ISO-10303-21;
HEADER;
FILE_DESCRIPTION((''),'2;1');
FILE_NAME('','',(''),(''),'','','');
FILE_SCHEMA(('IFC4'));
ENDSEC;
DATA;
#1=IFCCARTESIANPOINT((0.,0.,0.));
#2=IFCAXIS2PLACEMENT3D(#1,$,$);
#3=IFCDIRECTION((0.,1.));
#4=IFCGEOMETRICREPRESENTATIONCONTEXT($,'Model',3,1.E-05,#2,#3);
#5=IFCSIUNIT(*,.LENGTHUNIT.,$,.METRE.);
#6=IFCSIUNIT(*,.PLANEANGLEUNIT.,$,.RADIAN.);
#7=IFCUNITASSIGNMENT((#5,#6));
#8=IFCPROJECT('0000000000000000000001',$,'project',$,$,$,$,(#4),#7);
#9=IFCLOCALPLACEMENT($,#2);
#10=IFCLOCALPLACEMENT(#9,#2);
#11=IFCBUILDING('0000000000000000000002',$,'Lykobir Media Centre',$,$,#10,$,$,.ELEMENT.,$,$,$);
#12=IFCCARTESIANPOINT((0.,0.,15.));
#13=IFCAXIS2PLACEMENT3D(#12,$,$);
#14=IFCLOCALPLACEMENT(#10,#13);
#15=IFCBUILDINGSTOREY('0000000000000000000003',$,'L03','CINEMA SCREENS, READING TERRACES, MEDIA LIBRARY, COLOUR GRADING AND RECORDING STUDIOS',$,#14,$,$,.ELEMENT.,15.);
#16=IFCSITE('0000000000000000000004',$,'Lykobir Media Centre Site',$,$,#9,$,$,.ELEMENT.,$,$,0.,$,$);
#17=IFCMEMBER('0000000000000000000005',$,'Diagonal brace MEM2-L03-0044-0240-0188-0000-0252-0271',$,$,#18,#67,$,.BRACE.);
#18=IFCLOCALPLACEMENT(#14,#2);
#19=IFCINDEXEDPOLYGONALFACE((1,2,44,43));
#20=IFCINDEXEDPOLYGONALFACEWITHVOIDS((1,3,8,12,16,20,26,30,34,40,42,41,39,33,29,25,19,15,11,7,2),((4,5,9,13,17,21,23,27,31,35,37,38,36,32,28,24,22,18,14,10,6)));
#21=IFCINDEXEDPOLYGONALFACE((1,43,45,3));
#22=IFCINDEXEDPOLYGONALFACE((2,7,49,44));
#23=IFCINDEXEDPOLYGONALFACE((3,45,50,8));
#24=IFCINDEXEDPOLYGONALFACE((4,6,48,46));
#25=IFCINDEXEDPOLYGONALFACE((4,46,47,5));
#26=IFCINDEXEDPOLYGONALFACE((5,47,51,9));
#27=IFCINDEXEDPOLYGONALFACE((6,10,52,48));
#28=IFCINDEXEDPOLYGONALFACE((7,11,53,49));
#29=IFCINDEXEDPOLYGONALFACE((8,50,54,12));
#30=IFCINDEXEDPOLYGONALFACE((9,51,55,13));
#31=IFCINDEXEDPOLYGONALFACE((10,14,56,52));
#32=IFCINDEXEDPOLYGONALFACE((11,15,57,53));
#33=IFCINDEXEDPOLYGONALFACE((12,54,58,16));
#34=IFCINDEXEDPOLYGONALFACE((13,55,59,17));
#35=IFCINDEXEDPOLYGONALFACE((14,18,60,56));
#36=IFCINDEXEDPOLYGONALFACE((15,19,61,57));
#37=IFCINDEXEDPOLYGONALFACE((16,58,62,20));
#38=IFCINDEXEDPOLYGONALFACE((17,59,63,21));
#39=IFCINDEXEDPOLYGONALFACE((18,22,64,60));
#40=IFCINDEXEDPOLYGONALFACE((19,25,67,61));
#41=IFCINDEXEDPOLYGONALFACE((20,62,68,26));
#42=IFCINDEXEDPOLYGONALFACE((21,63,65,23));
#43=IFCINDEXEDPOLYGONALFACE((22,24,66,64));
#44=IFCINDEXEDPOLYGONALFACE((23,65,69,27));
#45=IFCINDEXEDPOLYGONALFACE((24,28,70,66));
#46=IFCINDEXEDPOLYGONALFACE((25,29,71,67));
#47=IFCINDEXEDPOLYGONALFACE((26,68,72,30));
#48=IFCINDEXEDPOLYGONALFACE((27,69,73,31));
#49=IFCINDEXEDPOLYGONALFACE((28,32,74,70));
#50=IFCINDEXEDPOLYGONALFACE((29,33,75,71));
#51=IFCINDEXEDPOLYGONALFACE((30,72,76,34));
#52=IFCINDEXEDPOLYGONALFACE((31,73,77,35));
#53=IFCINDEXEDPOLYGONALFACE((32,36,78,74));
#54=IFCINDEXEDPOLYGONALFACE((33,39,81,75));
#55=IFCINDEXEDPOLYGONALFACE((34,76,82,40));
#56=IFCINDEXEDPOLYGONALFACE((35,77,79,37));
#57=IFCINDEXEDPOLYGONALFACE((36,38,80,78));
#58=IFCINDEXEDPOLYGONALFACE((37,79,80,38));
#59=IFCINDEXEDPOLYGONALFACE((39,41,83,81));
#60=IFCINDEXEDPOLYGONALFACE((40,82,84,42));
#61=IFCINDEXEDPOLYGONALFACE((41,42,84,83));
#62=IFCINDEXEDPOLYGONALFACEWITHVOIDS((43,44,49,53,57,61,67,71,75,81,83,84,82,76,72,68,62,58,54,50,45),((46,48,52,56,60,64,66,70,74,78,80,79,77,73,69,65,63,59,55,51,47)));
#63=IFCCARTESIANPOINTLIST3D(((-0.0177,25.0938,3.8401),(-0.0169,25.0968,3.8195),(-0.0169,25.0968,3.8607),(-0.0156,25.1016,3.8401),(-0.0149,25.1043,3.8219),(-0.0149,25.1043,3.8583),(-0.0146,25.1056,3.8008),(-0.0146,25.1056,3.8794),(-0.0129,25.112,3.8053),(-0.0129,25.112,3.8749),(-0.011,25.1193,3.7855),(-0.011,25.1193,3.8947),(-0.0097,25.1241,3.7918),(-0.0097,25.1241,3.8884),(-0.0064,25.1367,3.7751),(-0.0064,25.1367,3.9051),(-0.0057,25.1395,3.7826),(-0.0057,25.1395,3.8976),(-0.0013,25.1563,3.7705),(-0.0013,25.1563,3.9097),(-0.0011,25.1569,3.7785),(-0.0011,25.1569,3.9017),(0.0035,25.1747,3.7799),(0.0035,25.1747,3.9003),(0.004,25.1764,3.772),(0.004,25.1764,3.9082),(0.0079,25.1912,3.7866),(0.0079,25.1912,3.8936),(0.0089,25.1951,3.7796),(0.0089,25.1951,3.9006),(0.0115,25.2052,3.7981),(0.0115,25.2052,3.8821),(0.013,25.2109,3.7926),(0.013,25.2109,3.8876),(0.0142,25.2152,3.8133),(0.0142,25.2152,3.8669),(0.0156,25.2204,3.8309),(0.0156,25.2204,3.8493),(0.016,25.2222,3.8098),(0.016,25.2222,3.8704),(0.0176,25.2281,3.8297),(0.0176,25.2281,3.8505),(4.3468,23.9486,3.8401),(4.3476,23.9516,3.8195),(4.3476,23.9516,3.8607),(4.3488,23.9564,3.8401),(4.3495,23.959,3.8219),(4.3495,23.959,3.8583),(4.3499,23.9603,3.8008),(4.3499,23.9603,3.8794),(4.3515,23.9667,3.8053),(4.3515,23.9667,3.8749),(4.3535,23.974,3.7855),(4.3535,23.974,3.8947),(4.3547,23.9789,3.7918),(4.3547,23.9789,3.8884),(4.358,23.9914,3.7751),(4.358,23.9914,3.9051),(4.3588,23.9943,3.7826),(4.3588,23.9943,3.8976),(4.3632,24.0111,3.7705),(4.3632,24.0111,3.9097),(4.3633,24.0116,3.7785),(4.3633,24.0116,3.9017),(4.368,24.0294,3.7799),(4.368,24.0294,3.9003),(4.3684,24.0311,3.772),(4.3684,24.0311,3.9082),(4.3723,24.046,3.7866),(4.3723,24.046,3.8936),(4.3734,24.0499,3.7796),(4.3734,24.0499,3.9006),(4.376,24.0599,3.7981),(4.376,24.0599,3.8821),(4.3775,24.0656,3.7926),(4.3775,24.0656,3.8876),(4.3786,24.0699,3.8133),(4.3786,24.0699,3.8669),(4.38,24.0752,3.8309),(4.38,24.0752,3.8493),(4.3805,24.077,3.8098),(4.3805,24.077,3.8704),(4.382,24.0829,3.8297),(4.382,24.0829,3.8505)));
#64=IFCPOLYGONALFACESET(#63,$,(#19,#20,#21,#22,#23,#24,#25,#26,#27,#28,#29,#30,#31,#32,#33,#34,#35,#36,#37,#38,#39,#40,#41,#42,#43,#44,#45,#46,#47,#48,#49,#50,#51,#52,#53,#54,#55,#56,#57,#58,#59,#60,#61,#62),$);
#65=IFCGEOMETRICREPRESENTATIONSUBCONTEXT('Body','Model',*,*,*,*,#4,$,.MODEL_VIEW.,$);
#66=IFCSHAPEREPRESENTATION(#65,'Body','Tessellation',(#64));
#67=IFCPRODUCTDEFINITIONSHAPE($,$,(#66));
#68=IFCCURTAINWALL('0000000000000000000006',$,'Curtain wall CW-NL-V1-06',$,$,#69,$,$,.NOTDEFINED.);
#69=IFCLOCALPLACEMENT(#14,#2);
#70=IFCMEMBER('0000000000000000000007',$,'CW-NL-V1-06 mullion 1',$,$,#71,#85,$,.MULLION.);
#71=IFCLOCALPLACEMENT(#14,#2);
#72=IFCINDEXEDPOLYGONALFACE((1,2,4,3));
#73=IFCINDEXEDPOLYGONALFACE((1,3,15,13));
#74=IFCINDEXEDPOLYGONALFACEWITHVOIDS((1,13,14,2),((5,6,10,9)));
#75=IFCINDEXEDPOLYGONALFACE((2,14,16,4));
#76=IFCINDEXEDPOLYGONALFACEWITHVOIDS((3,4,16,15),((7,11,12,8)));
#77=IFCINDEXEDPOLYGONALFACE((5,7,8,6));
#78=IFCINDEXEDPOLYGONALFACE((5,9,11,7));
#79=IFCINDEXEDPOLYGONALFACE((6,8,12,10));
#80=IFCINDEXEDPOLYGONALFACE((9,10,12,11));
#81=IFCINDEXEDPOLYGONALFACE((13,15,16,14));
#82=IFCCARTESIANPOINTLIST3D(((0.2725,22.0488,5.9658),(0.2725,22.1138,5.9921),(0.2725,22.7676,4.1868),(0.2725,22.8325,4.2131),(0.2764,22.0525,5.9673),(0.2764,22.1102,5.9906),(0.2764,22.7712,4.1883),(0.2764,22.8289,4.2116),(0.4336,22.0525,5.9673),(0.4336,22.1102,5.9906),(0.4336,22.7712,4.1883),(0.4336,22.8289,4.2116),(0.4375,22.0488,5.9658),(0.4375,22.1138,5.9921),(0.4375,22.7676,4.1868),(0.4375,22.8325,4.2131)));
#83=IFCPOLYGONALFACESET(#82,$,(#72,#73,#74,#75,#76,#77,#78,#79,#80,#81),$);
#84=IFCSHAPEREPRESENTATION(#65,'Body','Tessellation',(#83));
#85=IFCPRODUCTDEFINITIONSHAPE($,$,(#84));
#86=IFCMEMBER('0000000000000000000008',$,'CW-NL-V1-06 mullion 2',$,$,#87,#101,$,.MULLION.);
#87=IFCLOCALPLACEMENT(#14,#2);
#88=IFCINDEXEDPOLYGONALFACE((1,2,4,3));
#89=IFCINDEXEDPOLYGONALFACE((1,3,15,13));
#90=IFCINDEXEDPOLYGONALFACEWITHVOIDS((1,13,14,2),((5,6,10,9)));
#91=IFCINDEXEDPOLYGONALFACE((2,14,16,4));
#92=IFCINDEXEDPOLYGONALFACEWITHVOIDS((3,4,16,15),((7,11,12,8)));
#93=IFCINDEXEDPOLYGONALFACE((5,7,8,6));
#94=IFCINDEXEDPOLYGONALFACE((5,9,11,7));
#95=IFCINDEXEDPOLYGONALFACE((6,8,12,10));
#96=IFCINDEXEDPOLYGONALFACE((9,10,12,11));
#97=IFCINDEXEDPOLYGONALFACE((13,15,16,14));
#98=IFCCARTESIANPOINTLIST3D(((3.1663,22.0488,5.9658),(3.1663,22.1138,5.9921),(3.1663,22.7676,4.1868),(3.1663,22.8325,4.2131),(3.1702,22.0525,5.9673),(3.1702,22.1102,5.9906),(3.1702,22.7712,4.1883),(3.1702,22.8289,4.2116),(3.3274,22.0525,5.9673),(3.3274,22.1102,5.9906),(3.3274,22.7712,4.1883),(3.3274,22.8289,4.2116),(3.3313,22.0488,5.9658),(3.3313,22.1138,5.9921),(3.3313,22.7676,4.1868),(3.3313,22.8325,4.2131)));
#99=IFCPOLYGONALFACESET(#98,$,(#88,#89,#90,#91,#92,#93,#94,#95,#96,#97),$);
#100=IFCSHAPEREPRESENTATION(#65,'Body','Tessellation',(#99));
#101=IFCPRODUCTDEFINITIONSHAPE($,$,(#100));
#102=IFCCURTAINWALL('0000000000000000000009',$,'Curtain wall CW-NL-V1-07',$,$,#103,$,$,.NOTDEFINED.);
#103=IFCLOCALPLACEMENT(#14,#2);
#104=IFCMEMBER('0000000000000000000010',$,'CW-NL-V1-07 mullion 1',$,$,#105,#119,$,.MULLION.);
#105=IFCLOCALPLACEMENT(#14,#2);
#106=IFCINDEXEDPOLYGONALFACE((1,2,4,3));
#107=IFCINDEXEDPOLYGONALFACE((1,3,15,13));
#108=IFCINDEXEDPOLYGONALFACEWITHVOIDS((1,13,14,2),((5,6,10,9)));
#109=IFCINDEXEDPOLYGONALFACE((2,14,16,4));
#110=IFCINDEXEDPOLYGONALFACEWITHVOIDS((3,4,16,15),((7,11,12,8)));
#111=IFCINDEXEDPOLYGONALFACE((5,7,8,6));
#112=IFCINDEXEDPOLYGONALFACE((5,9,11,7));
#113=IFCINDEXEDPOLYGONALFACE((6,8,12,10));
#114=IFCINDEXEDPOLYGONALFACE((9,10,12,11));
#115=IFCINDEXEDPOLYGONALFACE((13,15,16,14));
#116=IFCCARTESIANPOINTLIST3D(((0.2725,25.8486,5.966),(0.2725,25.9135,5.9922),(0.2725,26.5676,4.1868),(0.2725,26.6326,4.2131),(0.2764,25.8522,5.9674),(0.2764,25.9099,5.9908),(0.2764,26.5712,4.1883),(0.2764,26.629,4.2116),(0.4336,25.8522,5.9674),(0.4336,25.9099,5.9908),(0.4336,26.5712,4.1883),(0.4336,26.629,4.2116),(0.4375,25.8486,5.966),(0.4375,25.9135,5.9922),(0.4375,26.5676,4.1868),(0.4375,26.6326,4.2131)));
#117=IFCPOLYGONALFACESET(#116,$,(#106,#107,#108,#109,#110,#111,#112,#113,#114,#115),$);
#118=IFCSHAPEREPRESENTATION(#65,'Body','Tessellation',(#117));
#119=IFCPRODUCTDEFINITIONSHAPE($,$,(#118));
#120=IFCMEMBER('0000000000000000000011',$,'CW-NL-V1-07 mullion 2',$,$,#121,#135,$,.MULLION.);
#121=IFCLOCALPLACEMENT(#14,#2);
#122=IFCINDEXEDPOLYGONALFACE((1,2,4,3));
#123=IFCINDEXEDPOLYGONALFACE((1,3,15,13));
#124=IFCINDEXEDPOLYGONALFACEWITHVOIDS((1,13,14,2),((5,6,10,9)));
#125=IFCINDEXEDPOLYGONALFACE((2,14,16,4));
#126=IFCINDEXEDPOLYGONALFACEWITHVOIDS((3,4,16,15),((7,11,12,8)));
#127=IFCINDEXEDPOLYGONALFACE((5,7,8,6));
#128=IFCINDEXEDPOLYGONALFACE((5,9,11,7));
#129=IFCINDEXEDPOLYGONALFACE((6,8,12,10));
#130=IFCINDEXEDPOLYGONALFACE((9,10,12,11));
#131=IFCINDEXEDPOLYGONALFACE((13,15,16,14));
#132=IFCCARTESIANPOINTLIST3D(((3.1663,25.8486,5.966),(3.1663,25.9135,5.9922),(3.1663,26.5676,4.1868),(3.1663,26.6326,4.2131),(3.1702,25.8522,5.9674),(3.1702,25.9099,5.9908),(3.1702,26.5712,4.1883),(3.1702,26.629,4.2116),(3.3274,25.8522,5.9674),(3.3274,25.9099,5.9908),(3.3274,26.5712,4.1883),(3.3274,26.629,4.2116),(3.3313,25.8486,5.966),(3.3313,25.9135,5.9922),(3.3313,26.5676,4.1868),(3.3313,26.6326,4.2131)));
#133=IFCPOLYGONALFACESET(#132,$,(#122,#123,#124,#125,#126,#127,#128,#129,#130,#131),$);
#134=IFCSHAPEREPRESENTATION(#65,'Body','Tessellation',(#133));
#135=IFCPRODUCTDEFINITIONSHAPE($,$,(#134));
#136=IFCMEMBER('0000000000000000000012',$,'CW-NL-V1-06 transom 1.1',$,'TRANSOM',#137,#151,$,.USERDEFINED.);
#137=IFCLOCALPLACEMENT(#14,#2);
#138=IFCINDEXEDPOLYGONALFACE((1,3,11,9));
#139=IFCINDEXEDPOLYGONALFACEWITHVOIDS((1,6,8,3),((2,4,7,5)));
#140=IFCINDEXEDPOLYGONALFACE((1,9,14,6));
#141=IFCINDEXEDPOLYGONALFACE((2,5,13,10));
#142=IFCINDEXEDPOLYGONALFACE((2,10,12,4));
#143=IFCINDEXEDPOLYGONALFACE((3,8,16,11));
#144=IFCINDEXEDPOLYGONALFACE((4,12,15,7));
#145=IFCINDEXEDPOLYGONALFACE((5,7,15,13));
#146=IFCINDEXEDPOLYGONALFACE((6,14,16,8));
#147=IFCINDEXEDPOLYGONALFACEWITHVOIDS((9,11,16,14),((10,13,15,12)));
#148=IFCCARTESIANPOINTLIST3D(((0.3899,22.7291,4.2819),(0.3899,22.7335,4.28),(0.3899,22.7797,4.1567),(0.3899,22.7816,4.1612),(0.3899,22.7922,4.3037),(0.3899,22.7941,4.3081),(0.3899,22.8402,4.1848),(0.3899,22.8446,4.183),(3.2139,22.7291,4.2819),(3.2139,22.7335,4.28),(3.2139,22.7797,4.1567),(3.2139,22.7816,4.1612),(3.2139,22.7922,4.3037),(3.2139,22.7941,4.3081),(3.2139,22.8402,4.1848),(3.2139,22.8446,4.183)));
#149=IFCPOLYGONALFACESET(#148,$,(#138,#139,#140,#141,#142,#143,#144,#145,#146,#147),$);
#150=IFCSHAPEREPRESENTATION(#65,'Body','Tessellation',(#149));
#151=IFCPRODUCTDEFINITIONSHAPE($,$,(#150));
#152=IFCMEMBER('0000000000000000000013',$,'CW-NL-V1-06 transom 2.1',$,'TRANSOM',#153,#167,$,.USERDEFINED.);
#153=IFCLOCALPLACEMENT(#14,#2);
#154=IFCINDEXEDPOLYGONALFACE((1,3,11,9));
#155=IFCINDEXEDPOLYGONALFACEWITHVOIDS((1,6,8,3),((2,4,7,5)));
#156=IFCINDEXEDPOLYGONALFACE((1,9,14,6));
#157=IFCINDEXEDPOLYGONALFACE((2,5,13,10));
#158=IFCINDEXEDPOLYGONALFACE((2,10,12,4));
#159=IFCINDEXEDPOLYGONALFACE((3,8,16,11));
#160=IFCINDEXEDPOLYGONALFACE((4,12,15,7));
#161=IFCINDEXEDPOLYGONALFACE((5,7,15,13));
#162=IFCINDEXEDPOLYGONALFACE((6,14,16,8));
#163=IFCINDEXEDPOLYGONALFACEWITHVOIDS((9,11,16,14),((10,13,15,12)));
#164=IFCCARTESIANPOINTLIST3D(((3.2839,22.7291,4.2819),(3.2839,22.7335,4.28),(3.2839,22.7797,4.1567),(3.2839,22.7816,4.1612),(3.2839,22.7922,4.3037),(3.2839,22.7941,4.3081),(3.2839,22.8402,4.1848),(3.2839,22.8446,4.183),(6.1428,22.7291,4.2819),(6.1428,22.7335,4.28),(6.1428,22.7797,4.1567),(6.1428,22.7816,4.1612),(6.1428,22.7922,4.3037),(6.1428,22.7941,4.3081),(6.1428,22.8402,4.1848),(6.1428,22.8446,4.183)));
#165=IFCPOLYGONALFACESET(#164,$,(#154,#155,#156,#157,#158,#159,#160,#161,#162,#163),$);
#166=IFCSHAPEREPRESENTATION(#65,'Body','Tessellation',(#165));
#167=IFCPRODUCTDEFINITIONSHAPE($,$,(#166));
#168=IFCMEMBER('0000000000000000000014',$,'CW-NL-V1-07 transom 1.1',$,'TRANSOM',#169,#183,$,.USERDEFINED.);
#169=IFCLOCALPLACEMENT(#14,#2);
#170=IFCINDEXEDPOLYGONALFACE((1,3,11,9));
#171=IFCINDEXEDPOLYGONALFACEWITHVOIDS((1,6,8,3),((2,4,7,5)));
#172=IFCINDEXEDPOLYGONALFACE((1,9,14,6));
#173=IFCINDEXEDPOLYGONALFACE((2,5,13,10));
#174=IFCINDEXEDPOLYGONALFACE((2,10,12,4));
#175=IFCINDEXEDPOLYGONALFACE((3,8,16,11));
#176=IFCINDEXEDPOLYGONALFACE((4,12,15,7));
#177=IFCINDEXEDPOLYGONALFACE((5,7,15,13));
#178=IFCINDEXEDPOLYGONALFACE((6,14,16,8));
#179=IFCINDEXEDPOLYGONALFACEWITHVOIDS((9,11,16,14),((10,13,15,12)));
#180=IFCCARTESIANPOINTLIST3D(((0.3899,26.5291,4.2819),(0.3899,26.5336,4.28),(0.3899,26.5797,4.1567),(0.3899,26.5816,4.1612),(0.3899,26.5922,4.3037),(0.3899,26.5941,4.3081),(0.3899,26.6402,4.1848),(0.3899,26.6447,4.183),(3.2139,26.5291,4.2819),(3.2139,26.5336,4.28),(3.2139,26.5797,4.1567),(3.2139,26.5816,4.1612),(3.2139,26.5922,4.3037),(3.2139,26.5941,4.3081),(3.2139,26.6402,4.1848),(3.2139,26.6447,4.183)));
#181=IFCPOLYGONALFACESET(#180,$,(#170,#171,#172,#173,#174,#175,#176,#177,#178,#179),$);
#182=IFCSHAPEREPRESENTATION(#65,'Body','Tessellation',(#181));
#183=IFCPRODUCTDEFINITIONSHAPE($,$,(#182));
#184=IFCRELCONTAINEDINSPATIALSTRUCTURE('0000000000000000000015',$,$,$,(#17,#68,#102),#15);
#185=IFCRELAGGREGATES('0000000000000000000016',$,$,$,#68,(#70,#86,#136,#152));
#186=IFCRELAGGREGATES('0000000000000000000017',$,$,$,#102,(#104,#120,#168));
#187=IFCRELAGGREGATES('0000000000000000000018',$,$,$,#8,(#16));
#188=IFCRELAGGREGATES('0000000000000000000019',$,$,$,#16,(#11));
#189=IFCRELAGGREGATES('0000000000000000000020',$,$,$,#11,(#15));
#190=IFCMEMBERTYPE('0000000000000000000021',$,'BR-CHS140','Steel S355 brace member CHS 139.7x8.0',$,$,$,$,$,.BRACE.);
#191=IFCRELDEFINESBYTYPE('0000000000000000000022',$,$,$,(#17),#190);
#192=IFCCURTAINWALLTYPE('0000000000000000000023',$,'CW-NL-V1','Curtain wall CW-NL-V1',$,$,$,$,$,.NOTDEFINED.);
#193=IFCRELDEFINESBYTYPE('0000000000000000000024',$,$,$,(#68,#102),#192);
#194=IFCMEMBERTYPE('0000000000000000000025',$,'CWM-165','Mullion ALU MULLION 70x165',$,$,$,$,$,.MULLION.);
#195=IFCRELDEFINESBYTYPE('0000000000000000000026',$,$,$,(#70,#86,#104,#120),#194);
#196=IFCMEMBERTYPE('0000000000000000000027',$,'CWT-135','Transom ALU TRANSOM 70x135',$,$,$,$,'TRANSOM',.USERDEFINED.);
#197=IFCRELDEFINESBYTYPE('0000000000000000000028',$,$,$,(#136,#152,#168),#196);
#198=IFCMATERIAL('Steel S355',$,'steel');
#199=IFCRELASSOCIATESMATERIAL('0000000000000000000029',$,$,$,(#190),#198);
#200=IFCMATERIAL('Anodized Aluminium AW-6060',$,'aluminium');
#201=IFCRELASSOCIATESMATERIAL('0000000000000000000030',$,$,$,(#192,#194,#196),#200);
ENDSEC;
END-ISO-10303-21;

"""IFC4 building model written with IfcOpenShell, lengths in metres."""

from ifc_helpers import new_model, si_unit, direction, frame, origin, origin_2d, place, context, subcontext, project, spatial, hollow_rectangle, hollow_circle, extrude, material, material_profile, profile_set, type_object, element, aggregate, save


model = new_model("IFC4")

# Units and contexts
model_context = context("Model", 3, precision=1e-05, world=origin(), true_north=direction((0.0, 1.0)))
body_context = subcontext(model_context, "Body", "Model", "MODEL_VIEW")
ifc_project = project(units=[si_unit("LENGTHUNIT", "METRE"), si_unit("PLANEANGLEUNIT", "RADIAN")], contexts=[model_context])

# Site, building, storey
site_placement = place(None, origin())
site = spatial("IfcSite", under=ifc_project, at=site_placement, Name="Lykobir Media Centre Site", CompositionType="ELEMENT", RefElevation=0.0)
building_placement = place(site_placement, origin())
building = spatial("IfcBuilding", under=site, at=building_placement, Name="Lykobir Media Centre", CompositionType="ELEMENT")
storey_placement = place(building_placement, frame((0.0, 0.0, 15.0)))
storey = spatial("IfcBuildingStorey", under=building, at=storey_placement, Name="L03", Description="CINEMA SCREENS, READING TERRACES, MEDIA LIBRARY, COLOUR GRADING AND RECORDING STUDIOS", CompositionType="ELEMENT", Elevation=15.0)

# Member
ifc_material_1 = material(Name="Steel S355", Category="steel")
ifc_material_profile_1 = material_profile(ifc_material_1, hollow_circle(Radius=0.0698, WallThickness=0.0081, at=origin_2d()), Name="CHS 139.7x8.0")
ifc_profile_set_1 = profile_set([ifc_material_profile_1], Name="Steel S355")
member_type_1 = type_object("IfcMemberType", Name="BR-CHS140", Description="Steel S355 brace member CHS 139.7x8.0", PredefinedType="BRACE", material=ifc_profile_set_1)
member_1_placement = place(storey_placement, frame((4.3645, 24.0161, 3.8401), z_axis=(-0.967254, 0.253811, 0.0), x_axis=(-0.253811, -0.967254, 0.0)))
element("IfcMember", 1, at=member_1_placement, inside=storey, type_object=member_type_1, Name="Diagonal brace MEM2-L03-0044-0240-0188-0000-0252-0271", PredefinedType="BRACE", context=body_context, shape_type="SweptSolid", body=[
    extrude(hollow_circle(Radius=0.0698, WallThickness=0.0081, at=origin_2d()), origin(), (0.0, 0.0, 1.0), 4.5122),
])

# Curtain walls, members
ifc_material_2 = material(Name="Anodized Aluminium AW-6060", Category="aluminium")
curtain_wall_type = type_object("IfcCurtainWallType", Name="CW-NL-V1", Description="Curtain wall CW-NL-V1", PredefinedType="NOTDEFINED", material=ifc_material_2)
curtain_wall_1_placement = place(storey_placement, origin())
curtain_wall_1 = element("IfcCurtainWall", 2, at=curtain_wall_1_placement, inside=storey, type_object=curtain_wall_type, Name="Curtain wall CW-NL-V1-06", PredefinedType="NOTDEFINED")
ifc_material_profile_2 = material_profile(ifc_material_2, hollow_rectangle(XDim=0.0701, YDim=0.165, WallThickness=0.0039, at=origin_2d()), Name="ALU MULLION 70x165")
ifc_profile_set_2 = profile_set([ifc_material_profile_2], Name="Anodized Aluminium AW-6060")
member_type_2 = type_object("IfcMemberType", Name="CWM-165", Description="Mullion ALU MULLION 70x165", PredefinedType="MULLION", material=ifc_profile_set_2)
member_2_placement = place(storey_placement, frame((0.355, 22.8, 4.2), z_axis=(0.0, -0.374591, 0.92719), x_axis=(0.0, 0.92719, 0.374591)))
member_2 = element("IfcMember", 3, at=member_2_placement, type_object=member_type_2, Name="CW-NL-V1-06 mullion 1", PredefinedType="MULLION", context=body_context, shape_type="SweptSolid", body=[
    extrude(hollow_rectangle(XDim=0.0701, YDim=0.165, WallThickness=0.0039, at=origin_2d()), origin(), (0.0, 0.0, 1.0), 1.9187),
])
member_3_placement = place(storey_placement, frame((3.2488, 22.8, 4.2), z_axis=(0.0, -0.374591, 0.92719), x_axis=(0.0, 0.92719, 0.374591)))
member_3 = element("IfcMember", 4, at=member_3_placement, type_object=member_type_2, Name="CW-NL-V1-06 mullion 2", PredefinedType="MULLION", context=body_context, shape_type="SweptSolid", body=[
    extrude(hollow_rectangle(XDim=0.0701, YDim=0.165, WallThickness=0.0039, at=origin_2d()), origin(), (0.0, 0.0, 1.0), 1.9187),
])
curtain_wall_2_placement = place(storey_placement, origin())
curtain_wall_2 = element("IfcCurtainWall", 5, at=curtain_wall_2_placement, inside=storey, type_object=curtain_wall_type, Name="Curtain wall CW-NL-V1-07", PredefinedType="NOTDEFINED")
member_4_placement = place(storey_placement, frame((0.355, 26.6001, 4.2), z_axis=(0.0, -0.374701, 0.927146), x_axis=(0.0, 0.927146, 0.374701)))
member_4 = element("IfcMember", 6, at=member_4_placement, type_object=member_type_2, Name="CW-NL-V1-07 mullion 1", PredefinedType="MULLION", context=body_context, shape_type="SweptSolid", body=[
    extrude(hollow_rectangle(XDim=0.0701, YDim=0.165, WallThickness=0.0039, at=origin_2d()), origin(), (0.0, 0.0, 1.0), 1.9189),
])
member_5_placement = place(storey_placement, frame((3.2488, 26.6001, 4.2), z_axis=(0.0, -0.374701, 0.927146), x_axis=(0.0, 0.927146, 0.374701)))
member_5 = element("IfcMember", 7, at=member_5_placement, type_object=member_type_2, Name="CW-NL-V1-07 mullion 2", PredefinedType="MULLION", context=body_context, shape_type="SweptSolid", body=[
    extrude(hollow_rectangle(XDim=0.0701, YDim=0.165, WallThickness=0.0039, at=origin_2d()), origin(), (0.0, 0.0, 1.0), 1.9189),
])

# Members
ifc_material_profile_3 = material_profile(ifc_material_2, hollow_rectangle(XDim=0.0701, YDim=0.135, WallThickness=0.0034, at=origin_2d()), Name="ALU TRANSOM 70x135")
ifc_profile_set_3 = profile_set([ifc_material_profile_3], Name="Anodized Aluminium AW-6060")
member_type_3 = type_object("IfcMemberType", Name="CWT-135", Description="Transom ALU TRANSOM 70x135", ElementType="TRANSOM", PredefinedType="USERDEFINED", material=ifc_profile_set_3)
member_6_placement = place(storey_placement, frame((0.3899, 22.7869, 4.2324), z_axis=(1.0, 0.0, 0.0), x_axis=(0.0, 0.927184, 0.374607)))
member_6 = element("IfcMember", 8, at=member_6_placement, type_object=member_type_3, Name="CW-NL-V1-06 transom 1.1", ObjectType="TRANSOM", PredefinedType="USERDEFINED", context=body_context, shape_type="SweptSolid", body=[
    extrude(hollow_rectangle(XDim=0.0701, YDim=0.135, WallThickness=0.0034, at=origin_2d()), origin(), (0.0, 0.0, 1.0), 2.824),
])
member_7_placement = place(storey_placement, frame((3.2839, 22.7869, 4.2324), z_axis=(1.0, 0.0, 0.0), x_axis=(0.0, 0.927184, 0.374607)))
member_7 = element("IfcMember", 9, at=member_7_placement, type_object=member_type_3, Name="CW-NL-V1-06 transom 2.1", ObjectType="TRANSOM", PredefinedType="USERDEFINED", context=body_context, shape_type="SweptSolid", body=[
    extrude(hollow_rectangle(XDim=0.0701, YDim=0.135, WallThickness=0.0034, at=origin_2d()), origin(), (0.0, 0.0, 1.0), 2.8589),
])
member_8_placement = place(storey_placement, frame((0.3899, 26.5869, 4.2324), z_axis=(1.0, 0.0, 0.0), x_axis=(0.0, 0.927184, 0.374607)))
member_8 = element("IfcMember", 10, at=member_8_placement, type_object=member_type_3, Name="CW-NL-V1-07 transom 1.1", ObjectType="TRANSOM", PredefinedType="USERDEFINED", context=body_context, shape_type="SweptSolid", body=[
    extrude(hollow_rectangle(XDim=0.0701, YDim=0.135, WallThickness=0.0034, at=origin_2d()), origin(), (0.0, 0.0, 1.0), 2.824),
])

aggregate(curtain_wall_1, [member_2, member_3, member_6, member_7])
aggregate(curtain_wall_2, [member_4, member_5, member_8])

save(model, "model.ifc")
